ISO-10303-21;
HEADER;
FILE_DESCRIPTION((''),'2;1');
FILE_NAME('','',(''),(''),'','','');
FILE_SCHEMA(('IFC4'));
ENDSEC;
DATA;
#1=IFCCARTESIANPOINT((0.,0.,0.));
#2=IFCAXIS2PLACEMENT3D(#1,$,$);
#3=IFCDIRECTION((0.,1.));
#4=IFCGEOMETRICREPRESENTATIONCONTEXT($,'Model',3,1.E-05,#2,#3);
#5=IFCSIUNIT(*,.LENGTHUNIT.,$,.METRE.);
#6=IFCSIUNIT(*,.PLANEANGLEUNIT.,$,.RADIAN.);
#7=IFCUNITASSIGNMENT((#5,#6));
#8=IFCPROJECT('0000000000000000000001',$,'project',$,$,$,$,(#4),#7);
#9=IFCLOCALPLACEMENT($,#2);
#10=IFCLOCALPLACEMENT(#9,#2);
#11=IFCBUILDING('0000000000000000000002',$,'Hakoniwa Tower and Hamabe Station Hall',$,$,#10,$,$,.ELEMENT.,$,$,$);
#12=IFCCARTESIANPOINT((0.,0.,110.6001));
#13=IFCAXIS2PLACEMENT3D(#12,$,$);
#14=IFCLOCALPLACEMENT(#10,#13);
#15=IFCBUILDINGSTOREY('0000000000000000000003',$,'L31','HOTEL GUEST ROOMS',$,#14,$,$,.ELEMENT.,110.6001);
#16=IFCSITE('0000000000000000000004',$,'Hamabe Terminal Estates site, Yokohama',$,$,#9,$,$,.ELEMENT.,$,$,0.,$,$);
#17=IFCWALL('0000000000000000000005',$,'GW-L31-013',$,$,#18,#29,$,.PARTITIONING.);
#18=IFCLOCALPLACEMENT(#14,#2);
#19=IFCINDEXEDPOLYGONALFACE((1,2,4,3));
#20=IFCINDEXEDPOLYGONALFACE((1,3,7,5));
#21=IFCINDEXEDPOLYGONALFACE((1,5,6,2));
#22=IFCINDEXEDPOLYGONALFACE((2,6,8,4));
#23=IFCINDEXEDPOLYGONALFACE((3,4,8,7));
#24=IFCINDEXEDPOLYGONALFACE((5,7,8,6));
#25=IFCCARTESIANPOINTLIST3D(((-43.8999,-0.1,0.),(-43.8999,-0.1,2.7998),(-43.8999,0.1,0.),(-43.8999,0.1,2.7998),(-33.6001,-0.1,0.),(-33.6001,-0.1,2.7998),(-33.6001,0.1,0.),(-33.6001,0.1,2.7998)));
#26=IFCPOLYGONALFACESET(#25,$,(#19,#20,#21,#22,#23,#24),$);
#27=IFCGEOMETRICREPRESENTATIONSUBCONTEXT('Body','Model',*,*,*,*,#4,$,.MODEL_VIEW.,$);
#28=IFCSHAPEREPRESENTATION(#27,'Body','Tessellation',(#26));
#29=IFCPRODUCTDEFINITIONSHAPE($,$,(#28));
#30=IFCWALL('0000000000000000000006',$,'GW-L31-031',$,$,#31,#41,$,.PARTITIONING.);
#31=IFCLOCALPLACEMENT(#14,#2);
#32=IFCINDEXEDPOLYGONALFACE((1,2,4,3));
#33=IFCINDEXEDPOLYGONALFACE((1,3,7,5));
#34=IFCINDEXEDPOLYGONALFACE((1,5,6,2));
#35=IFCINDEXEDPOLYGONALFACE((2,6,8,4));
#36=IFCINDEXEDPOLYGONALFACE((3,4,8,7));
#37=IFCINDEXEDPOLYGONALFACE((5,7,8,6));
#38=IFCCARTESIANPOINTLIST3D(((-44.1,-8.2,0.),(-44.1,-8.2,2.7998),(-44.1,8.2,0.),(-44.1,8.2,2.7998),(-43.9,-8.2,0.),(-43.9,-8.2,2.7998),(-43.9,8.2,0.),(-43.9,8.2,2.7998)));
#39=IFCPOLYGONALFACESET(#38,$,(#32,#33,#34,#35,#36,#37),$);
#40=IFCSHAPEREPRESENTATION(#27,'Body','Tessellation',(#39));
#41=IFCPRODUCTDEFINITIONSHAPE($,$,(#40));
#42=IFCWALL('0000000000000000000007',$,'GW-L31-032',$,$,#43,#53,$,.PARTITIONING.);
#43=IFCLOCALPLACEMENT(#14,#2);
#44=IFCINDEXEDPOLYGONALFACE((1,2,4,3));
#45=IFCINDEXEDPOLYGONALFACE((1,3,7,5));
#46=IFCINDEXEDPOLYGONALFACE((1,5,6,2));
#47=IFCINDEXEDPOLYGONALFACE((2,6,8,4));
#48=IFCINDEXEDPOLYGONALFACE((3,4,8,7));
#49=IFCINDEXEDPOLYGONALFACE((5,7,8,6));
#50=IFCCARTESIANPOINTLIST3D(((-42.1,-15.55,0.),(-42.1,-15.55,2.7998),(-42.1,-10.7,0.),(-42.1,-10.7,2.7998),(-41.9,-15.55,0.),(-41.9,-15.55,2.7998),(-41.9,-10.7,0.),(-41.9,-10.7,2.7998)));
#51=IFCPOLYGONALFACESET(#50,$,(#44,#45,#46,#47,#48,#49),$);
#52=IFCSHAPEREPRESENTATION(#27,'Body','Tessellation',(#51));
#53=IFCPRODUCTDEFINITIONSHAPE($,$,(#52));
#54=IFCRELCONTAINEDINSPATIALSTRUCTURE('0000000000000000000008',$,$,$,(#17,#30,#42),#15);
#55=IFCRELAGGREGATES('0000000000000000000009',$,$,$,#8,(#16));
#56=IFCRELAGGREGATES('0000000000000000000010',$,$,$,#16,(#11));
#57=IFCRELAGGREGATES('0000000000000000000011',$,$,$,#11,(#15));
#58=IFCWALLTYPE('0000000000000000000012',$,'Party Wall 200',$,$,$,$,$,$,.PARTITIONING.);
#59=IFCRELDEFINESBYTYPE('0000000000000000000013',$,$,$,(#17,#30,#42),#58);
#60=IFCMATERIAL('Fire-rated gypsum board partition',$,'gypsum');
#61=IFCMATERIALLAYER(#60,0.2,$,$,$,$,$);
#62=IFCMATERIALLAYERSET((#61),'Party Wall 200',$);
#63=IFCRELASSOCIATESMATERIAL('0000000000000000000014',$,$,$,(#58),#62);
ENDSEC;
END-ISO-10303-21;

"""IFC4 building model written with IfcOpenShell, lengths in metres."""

from ifc_helpers import new_model, si_unit, direction, frame, frame_2d, origin, place, context, subcontext, project, spatial, rectangle, extrude, material, layer, layer_set, type_object, element, save


model = new_model("IFC4")

# Units and contexts
model_context = context("Model", 3, precision=1e-05, world=origin(), true_north=direction((0.0, 1.0)))
body_context = subcontext(model_context, "Body", "Model", "MODEL_VIEW")
ifc_project = project(units=[si_unit("LENGTHUNIT", "METRE"), si_unit("PLANEANGLEUNIT", "RADIAN")], contexts=[model_context])

# Site, building, storey
site_placement = place(None, origin())
site = spatial("IfcSite", under=ifc_project, at=site_placement, Name="Hamabe Terminal Estates site, Yokohama", CompositionType="ELEMENT", RefElevation=0.0)
building_placement = place(site_placement, origin())
building = spatial("IfcBuilding", under=site, at=building_placement, Name="Hakoniwa Tower and Hamabe Station Hall", CompositionType="ELEMENT")
storey_placement = place(building_placement, frame((0.0, 0.0, 110.6001)))
storey = spatial("IfcBuildingStorey", under=building, at=storey_placement, Name="L31", Description="HOTEL GUEST ROOMS", CompositionType="ELEMENT", Elevation=110.6001)

# Walls
ifc_material_1 = material(Name="Fire-rated gypsum board partition", Category="gypsum")
ifc_layer_1 = layer(ifc_material_1, 0.2)
ifc_layer_set_1 = layer_set([ifc_layer_1], Name="Party Wall 200")
wall_type_1 = type_object("IfcWallType", Name="Party Wall 200", PredefinedType="PARTITIONING", material=ifc_layer_set_1)
wall_1_placement = place(storey_placement, frame((-43.8999, 0.0, 0.0), z_axis=(0.0, 0.0, 1.0), x_axis=(1.0, 0.0, 0.0)))
element("IfcWall", 1, at=wall_1_placement, inside=storey, type_object=wall_type_1, Name="GW-L31-013", PredefinedType="PARTITIONING", context=body_context, shape_type="SweptSolid", body=[
    extrude(rectangle(XDim=10.2998, YDim=0.2, at=frame_2d((5.1499, 0.0))), origin(), (0.0, 0.0, 1.0), 2.7998),
])
wall_2_placement = place(storey_placement, frame((-44.0, -8.2, 0.0), z_axis=(0.0, 0.0, 1.0), x_axis=(0.0, 1.0, 0.0)))
element("IfcWall", 2, at=wall_2_placement, inside=storey, type_object=wall_type_1, Name="GW-L31-031", PredefinedType="PARTITIONING", context=body_context, shape_type="SweptSolid", body=[
    extrude(rectangle(XDim=16.3999, YDim=0.2, at=frame_2d((8.2, 0.0))), origin(), (0.0, 0.0, 1.0), 2.7998),
])
wall_3_placement = place(storey_placement, frame((-42.0, -15.55, 0.0), z_axis=(0.0, 0.0, 1.0), x_axis=(0.0, 1.0, 0.0)))
element("IfcWall", 3, at=wall_3_placement, inside=storey, type_object=wall_type_1, Name="GW-L31-032", PredefinedType="PARTITIONING", context=body_context, shape_type="SweptSolid", body=[
    extrude(rectangle(XDim=4.8501, YDim=0.2, at=frame_2d((2.425, 0.0))), origin(), (0.0, 0.0, 1.0), 2.7998),
])

save(model, "model.ifc")
